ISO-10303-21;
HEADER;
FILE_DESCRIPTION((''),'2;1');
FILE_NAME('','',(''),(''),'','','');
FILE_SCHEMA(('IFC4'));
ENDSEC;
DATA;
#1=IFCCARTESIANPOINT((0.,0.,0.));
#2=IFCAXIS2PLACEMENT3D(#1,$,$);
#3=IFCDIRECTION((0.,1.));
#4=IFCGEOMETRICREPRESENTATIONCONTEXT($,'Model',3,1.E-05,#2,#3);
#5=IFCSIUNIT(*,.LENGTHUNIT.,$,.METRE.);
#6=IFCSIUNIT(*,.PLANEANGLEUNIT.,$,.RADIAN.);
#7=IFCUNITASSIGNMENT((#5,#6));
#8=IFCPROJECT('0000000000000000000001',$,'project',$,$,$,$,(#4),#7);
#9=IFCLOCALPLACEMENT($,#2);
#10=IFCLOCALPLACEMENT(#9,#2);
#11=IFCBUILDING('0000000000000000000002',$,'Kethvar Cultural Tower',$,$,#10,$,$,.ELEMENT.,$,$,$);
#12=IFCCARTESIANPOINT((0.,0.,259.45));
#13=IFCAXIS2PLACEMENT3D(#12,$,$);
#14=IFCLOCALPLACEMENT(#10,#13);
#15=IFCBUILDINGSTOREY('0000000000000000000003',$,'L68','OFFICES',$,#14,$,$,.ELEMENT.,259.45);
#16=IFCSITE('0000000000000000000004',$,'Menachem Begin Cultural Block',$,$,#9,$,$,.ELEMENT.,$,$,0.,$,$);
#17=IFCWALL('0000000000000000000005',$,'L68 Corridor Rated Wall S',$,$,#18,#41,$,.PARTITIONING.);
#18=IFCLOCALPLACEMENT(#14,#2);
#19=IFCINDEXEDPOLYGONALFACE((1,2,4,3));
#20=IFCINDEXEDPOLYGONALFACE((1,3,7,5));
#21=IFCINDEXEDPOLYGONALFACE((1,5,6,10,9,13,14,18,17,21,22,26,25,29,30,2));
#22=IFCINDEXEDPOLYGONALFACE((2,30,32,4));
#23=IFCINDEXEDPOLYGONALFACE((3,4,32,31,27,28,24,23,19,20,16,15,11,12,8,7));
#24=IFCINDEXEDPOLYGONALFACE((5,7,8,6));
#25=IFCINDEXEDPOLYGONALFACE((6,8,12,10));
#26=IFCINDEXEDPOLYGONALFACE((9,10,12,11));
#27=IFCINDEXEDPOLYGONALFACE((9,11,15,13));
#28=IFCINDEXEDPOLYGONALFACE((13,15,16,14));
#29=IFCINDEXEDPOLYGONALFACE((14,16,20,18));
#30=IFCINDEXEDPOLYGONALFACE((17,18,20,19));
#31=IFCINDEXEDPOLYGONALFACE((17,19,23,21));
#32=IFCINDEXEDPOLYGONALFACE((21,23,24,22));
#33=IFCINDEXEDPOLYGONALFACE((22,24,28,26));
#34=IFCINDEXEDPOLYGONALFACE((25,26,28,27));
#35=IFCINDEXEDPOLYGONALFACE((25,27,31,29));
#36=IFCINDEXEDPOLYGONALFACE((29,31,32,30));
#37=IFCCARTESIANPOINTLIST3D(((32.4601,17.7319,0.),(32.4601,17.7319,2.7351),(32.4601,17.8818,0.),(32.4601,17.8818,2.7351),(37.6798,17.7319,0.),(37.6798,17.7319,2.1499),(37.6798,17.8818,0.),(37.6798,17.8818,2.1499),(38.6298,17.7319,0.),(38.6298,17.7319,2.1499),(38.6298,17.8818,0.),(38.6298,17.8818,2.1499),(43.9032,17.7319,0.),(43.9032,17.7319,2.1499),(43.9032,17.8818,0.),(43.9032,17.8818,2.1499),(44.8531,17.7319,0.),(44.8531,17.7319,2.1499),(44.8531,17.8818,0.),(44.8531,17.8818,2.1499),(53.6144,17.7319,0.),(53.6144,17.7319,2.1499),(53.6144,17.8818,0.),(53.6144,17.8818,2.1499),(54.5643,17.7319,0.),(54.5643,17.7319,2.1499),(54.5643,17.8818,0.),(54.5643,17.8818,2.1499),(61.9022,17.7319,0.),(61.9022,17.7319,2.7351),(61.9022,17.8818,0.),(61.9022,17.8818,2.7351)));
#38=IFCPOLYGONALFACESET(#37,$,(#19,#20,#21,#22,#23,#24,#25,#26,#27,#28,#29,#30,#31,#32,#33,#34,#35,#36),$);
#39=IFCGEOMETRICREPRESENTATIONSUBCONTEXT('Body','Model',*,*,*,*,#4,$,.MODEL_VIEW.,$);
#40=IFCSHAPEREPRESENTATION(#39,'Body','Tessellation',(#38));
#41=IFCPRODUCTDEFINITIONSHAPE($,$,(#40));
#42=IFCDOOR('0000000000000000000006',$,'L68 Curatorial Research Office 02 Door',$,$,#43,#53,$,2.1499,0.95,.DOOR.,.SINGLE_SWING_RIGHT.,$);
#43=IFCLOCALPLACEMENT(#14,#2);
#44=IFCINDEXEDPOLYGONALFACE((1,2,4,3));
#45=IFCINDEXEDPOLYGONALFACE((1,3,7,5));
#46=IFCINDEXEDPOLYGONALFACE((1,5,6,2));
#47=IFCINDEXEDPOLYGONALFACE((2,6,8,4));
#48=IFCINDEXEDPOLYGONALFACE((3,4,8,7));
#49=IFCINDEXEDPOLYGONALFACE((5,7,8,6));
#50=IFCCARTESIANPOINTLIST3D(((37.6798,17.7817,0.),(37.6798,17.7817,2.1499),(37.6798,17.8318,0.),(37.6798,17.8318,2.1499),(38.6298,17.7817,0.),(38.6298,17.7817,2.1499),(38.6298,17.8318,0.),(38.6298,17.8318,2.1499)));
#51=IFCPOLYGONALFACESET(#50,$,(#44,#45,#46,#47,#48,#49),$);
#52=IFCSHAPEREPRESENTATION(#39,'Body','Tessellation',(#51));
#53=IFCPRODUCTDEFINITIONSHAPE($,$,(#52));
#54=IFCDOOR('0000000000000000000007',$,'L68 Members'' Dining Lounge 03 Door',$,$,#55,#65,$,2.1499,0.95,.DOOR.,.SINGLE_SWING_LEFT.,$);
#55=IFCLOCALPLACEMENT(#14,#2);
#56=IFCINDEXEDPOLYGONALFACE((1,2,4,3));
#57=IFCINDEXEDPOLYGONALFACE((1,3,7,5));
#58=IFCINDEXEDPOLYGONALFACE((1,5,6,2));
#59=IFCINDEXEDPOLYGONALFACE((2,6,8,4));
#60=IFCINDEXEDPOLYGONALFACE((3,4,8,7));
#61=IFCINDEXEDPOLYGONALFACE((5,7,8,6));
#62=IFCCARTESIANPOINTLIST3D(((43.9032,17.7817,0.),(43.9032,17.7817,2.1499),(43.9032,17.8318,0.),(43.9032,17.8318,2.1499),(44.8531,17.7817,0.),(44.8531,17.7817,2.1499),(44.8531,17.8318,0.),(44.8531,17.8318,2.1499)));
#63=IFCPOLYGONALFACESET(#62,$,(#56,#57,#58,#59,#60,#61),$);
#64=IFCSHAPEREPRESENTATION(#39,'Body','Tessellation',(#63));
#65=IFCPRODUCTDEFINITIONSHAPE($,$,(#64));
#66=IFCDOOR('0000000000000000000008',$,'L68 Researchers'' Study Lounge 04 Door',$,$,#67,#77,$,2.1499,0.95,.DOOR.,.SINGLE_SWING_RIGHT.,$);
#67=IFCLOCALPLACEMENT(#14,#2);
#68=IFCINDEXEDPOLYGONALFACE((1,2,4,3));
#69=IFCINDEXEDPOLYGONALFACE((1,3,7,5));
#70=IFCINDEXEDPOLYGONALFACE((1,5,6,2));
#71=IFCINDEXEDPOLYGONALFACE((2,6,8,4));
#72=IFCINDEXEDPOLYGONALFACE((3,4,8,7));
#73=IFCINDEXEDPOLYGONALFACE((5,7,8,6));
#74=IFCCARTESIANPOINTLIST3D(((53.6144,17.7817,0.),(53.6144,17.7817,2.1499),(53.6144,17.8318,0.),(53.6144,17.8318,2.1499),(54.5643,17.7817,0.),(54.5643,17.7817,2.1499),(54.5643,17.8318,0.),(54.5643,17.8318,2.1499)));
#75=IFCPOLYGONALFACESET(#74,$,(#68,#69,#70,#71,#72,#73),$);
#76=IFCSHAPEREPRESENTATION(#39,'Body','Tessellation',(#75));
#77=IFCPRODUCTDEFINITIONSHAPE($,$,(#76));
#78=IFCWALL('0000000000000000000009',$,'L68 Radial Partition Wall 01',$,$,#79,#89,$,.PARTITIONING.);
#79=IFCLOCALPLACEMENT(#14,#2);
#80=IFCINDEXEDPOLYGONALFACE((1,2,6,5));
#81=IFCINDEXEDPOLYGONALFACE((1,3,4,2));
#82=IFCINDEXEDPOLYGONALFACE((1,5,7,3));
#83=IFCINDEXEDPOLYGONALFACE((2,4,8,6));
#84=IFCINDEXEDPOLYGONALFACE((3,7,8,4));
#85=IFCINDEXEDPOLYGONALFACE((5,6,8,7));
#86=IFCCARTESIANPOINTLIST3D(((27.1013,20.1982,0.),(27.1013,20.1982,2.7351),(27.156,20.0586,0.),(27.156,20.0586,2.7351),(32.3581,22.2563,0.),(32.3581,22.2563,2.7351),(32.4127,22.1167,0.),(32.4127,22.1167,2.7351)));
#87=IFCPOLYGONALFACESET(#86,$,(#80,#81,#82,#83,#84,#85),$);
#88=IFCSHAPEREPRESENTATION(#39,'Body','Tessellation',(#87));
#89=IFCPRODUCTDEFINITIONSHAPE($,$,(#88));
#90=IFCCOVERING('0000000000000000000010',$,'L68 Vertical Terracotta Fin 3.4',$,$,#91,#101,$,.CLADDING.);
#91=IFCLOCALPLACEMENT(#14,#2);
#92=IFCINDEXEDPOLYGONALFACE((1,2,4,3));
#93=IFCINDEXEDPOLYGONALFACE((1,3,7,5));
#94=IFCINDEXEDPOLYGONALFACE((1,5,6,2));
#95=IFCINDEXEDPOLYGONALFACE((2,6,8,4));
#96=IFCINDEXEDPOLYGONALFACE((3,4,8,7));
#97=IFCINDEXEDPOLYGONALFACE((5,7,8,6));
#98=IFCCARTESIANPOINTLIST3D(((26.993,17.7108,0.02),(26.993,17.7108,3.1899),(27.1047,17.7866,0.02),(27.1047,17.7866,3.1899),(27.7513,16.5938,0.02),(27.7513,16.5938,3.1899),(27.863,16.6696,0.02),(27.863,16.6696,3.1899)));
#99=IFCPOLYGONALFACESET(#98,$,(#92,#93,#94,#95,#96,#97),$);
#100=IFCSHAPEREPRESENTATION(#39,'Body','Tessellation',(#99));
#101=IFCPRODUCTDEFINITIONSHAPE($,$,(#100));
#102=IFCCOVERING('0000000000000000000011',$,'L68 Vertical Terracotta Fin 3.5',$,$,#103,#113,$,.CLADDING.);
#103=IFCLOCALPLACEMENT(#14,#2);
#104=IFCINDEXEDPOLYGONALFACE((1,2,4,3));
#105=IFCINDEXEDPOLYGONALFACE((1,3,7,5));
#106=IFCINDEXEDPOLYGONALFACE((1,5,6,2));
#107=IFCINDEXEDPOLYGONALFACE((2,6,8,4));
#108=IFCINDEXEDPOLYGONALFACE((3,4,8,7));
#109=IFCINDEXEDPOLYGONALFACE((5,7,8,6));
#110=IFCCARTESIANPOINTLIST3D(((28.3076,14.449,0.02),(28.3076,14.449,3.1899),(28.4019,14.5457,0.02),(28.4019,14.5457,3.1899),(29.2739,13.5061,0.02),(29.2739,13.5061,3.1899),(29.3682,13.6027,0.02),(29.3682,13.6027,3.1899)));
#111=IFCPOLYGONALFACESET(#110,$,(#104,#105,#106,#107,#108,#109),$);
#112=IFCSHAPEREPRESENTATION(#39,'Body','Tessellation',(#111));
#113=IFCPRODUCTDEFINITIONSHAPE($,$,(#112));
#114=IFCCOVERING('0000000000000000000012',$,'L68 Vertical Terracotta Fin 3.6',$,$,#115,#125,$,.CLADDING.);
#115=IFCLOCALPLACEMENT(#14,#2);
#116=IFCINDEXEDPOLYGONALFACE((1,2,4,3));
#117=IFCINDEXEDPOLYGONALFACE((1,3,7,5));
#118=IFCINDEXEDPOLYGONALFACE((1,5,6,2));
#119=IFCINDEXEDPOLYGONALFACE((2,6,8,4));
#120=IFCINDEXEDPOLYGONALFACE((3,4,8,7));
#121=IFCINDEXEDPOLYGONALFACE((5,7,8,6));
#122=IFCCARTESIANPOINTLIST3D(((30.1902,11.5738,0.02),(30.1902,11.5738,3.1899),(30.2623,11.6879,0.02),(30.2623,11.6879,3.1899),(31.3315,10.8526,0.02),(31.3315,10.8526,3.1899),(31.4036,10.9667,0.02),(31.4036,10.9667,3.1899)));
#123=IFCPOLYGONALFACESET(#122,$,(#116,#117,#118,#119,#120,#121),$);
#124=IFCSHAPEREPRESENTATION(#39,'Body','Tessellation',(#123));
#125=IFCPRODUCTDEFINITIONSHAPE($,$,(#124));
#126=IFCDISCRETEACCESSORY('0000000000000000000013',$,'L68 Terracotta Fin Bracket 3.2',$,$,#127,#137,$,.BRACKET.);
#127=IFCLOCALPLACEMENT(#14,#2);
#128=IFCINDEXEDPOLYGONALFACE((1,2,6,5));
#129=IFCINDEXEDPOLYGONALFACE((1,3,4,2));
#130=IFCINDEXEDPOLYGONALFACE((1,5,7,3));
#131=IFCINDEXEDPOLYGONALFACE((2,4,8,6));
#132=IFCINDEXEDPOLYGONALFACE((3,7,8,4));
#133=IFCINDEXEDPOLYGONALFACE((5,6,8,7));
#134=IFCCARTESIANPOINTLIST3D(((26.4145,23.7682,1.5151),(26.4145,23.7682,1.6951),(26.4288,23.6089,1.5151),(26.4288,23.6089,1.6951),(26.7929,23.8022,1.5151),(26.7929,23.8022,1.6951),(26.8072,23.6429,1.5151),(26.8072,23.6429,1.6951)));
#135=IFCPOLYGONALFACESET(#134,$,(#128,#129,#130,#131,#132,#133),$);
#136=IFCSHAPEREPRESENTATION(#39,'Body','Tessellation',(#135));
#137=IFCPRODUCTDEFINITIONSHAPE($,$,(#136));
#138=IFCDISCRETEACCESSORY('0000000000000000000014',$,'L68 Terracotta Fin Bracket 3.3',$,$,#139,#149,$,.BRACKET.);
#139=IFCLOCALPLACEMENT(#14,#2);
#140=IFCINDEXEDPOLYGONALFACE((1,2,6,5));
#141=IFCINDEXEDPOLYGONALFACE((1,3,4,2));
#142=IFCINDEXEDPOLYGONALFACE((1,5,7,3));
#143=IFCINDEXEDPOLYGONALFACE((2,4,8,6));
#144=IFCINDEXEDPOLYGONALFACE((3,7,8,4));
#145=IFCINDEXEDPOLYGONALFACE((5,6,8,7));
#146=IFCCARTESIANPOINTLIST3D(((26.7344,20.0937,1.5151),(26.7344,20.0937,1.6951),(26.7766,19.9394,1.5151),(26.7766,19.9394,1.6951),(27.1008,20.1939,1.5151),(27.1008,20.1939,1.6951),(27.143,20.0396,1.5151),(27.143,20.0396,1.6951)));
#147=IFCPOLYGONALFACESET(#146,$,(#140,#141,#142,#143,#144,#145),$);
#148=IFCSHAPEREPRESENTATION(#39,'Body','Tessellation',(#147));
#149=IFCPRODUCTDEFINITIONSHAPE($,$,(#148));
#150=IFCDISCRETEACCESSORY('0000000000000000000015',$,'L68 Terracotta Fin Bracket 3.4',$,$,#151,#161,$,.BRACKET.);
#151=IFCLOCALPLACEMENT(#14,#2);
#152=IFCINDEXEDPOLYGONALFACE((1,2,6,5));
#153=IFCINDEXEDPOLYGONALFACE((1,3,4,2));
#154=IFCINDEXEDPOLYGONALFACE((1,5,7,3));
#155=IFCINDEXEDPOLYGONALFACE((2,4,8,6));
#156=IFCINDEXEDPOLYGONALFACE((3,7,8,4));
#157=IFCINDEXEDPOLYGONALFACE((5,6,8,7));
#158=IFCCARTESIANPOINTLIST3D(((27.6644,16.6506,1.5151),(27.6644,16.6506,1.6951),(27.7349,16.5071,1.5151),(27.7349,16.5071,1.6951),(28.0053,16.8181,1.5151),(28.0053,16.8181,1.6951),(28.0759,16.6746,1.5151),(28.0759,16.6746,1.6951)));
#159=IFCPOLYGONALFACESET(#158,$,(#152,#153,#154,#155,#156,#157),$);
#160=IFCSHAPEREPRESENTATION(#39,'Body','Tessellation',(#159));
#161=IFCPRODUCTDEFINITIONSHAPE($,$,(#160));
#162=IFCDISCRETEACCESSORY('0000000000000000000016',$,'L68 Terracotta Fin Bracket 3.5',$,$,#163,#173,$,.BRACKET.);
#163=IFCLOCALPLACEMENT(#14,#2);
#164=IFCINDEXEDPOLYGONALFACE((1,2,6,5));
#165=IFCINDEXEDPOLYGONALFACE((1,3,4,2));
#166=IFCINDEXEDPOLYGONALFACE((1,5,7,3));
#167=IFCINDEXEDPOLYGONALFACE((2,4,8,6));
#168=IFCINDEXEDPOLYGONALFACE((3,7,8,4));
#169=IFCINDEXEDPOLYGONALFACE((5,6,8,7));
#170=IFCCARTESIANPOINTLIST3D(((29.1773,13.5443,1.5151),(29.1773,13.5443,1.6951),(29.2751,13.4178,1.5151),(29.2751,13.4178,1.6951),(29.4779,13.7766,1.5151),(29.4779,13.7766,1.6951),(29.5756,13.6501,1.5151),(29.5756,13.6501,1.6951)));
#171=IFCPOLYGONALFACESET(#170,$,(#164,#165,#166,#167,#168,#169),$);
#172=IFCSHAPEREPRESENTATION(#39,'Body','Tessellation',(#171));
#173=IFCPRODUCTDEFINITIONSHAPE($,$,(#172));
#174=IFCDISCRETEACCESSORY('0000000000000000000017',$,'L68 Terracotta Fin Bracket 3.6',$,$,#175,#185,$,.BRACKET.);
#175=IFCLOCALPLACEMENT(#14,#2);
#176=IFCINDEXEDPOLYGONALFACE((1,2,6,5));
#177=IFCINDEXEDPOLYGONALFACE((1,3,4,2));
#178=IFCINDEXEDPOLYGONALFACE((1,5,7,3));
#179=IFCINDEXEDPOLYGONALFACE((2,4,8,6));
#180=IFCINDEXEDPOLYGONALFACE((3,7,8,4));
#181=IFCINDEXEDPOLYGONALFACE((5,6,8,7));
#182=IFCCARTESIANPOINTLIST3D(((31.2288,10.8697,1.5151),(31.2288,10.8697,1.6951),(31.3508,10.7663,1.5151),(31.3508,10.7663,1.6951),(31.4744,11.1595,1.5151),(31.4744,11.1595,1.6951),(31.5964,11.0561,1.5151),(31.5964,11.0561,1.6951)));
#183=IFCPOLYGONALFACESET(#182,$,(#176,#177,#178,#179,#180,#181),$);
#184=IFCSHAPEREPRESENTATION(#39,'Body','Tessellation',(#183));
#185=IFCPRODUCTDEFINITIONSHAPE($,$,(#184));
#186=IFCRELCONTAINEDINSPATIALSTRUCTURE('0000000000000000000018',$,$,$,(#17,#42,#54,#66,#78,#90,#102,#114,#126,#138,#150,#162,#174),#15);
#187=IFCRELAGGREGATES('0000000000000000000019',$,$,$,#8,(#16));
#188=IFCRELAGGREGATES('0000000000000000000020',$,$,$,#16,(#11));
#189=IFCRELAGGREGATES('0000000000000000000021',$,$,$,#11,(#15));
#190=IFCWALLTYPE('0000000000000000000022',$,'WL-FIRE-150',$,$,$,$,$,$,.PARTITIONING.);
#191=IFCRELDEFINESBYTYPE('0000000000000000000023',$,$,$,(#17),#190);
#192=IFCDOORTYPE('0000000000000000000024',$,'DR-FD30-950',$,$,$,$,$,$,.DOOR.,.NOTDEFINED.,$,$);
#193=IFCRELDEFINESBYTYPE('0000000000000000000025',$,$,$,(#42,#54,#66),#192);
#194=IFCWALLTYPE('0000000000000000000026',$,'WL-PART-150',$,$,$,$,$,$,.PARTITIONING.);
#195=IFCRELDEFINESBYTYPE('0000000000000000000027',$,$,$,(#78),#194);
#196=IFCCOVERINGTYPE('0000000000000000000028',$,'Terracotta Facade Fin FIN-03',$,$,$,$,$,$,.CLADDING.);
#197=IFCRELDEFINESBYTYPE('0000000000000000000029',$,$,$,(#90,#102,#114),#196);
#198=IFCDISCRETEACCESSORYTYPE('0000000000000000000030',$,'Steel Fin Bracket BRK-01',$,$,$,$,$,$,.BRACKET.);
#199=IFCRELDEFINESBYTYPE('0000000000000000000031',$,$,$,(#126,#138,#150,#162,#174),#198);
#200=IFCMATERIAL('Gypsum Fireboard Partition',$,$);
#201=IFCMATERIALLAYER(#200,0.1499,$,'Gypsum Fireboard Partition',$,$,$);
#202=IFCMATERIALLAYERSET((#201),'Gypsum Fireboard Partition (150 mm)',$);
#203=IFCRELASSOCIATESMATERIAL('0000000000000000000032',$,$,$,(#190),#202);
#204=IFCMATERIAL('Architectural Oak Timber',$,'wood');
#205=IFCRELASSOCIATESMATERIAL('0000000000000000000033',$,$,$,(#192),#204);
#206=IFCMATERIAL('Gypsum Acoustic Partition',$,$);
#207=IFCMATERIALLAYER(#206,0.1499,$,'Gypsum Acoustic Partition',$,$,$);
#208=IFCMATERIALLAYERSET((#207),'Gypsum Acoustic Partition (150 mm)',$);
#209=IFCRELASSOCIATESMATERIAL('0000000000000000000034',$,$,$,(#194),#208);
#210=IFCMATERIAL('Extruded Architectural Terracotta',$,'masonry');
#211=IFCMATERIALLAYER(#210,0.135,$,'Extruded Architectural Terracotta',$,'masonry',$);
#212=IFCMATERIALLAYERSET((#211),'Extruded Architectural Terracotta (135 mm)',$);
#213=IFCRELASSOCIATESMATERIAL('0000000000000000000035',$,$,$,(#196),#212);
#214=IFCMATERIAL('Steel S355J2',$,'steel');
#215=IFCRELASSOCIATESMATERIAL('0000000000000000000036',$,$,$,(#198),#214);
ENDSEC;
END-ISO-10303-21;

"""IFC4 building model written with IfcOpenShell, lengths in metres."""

from ifc_helpers import new_model, si_unit, direction, frame, frame_2d, origin, origin_2d, place, context, subcontext, project, spatial, rectangle, extrude, source, transform, mapped, material, layer, layer_set, type_object, element, fill, save


model = new_model("IFC4")

# Units and contexts
model_context = context("Model", 3, precision=1e-05, world=origin(), true_north=direction((0.0, 1.0)))
body_context = subcontext(model_context, "Body", "Model", "MODEL_VIEW")
ifc_project = project(units=[si_unit("LENGTHUNIT", "METRE"), si_unit("PLANEANGLEUNIT", "RADIAN")], contexts=[model_context])

# Site, building, storey
site_placement = place(None, origin())
site = spatial("IfcSite", under=ifc_project, at=site_placement, Name="Menachem Begin Cultural Block", CompositionType="ELEMENT", RefElevation=0.0)
building_placement = place(site_placement, origin())
building = spatial("IfcBuilding", under=site, at=building_placement, Name="Kethvar Cultural Tower", CompositionType="ELEMENT")
storey_placement = place(building_placement, frame((0.0, 0.0, 259.45)))
storey = spatial("IfcBuildingStorey", under=building, at=storey_placement, Name="L68", Description="OFFICES", CompositionType="ELEMENT", Elevation=259.45)

# Shared definitions
ifc_material_1 = material(Name="Steel S355J2", Category="steel")

# Wall, openings, doors
ifc_material_2 = material(Name="Gypsum Fireboard Partition")
ifc_layer_1 = layer(ifc_material_2, 0.1499, Name="Gypsum Fireboard Partition")
ifc_layer_set_1 = layer_set([ifc_layer_1], Name="Gypsum Fireboard Partition (150 mm)")
wall_type_1 = type_object("IfcWallType", Name="WL-FIRE-150", PredefinedType="PARTITIONING", material=ifc_layer_set_1)
wall_1_placement = place(storey_placement, frame((32.46, 17.8069, 0.0), z_axis=(0.0, 0.0, 1.0), x_axis=(1.0, 0.0, 0.0)))
wall_1 = element("IfcWall", 1, at=wall_1_placement, inside=storey, type_object=wall_type_1, Name="L68 Corridor Rated Wall S", PredefinedType="PARTITIONING", context=body_context, shape_type="SweptSolid", body=[
    extrude(rectangle(XDim=29.4421, YDim=0.1499, at=frame_2d((14.7212, 0.0))), origin(), (0.0, 0.0, 1.0), 2.7351),
])
opening_1_placement = place(wall_1_placement, frame((5.2197, 0.0, 0.0)))
opening_1 = element("IfcOpeningElement", 2, at=opening_1_placement, cuts=wall_1, PredefinedType="OPENING", context=body_context, shape_type="SweptSolid", body=[
    extrude(rectangle(XDim=0.95, YDim=2.1499, at=frame_2d((0.4751, 1.075))), frame((0.0, 0.085, 0.0), z_axis=(0.0, -1.0, 0.0), x_axis=(1.0, 0.0, 0.0)), (0.0, 0.0, 1.0), 0.1699),
])
opening_2_placement = place(wall_1_placement, frame((11.4431, 0.0, 0.0)))
opening_2 = element("IfcOpeningElement", 3, at=opening_2_placement, cuts=wall_1, PredefinedType="OPENING", context=body_context, shape_type="SweptSolid", body=[
    extrude(rectangle(XDim=0.95, YDim=2.1499, at=frame_2d((0.4751, 1.075))), frame((0.0, 0.085, 0.0), z_axis=(0.0, -1.0, 0.0), x_axis=(1.0, 0.0, 0.0)), (0.0, 0.0, 1.0), 0.1699),
])
opening_3_placement = place(wall_1_placement, frame((21.1543, 0.0, 0.0)))
opening_3 = element("IfcOpeningElement", 4, at=opening_3_placement, cuts=wall_1, PredefinedType="OPENING", context=body_context, shape_type="SweptSolid", body=[
    extrude(rectangle(XDim=0.95, YDim=2.1499, at=frame_2d((0.4751, 1.075))), frame((0.0, 0.085, 0.0), z_axis=(0.0, -1.0, 0.0), x_axis=(1.0, 0.0, 0.0)), (0.0, 0.0, 1.0), 0.1699),
])
ifc_material_3 = material(Name="Architectural Oak Timber", Category="wood")
door_type = type_object("IfcDoorType", Name="DR-FD30-950", OperationType="NOTDEFINED", PredefinedType="DOOR", material=ifc_material_3)
shared_shape_1 = source(origin(), body_context, "Body", "SweptSolid", [
    extrude(rectangle(XDim=0.95, YDim=2.1499, at=frame_2d((0.4751, 1.075))), frame((0.0, 0.0249, 0.0), z_axis=(0.0, -1.0, 0.0), x_axis=(1.0, 0.0, 0.0)), (0.0, 0.0, 1.0), 0.05),
])
door_1_placement = place(opening_1_placement, origin())
door_1 = element("IfcDoor", 5, at=door_1_placement, inside=storey, type_object=door_type, Name="L68 Curatorial Research Office 02 Door", OperationType="SINGLE_SWING_RIGHT", OverallHeight=2.1499, OverallWidth=0.95, PredefinedType="DOOR", context=body_context, shape_type="MappedRepresentation", body=[
    mapped(shared_shape_1, transform((0.0, 0.0, 0.0), scale=1.0)),
])
fill(opening_1, door_1)
door_2_placement = place(opening_2_placement, origin())
door_2 = element("IfcDoor", 6, at=door_2_placement, inside=storey, type_object=door_type, Name="L68 Members' Dining Lounge 03 Door", OperationType="SINGLE_SWING_LEFT", OverallHeight=2.1499, OverallWidth=0.95, PredefinedType="DOOR", context=body_context, shape_type="MappedRepresentation", body=[
    mapped(shared_shape_1, transform((0.0, 0.0, 0.0), scale=1.0)),
])
fill(opening_2, door_2)
door_3_placement = place(opening_3_placement, origin())
door_3 = element("IfcDoor", 7, at=door_3_placement, inside=storey, type_object=door_type, Name="L68 Researchers' Study Lounge 04 Door", OperationType="SINGLE_SWING_RIGHT", OverallHeight=2.1499, OverallWidth=0.95, PredefinedType="DOOR", context=body_context, shape_type="MappedRepresentation", body=[
    mapped(shared_shape_1, transform((0.0, 0.0, 0.0), scale=1.0)),
])
fill(opening_3, door_3)

# Wall
ifc_material_4 = material(Name="Gypsum Acoustic Partition")
ifc_layer_2 = layer(ifc_material_4, 0.1499, Name="Gypsum Acoustic Partition")
ifc_layer_set_2 = layer_set([ifc_layer_2], Name="Gypsum Acoustic Partition (150 mm)")
wall_type_2 = type_object("IfcWallType", Name="WL-PART-150", PredefinedType="PARTITIONING", material=ifc_layer_set_2)
wall_2_placement = place(storey_placement, frame((32.3855, 22.1865, 0.0), z_axis=(0.0, 0.0, 1.0), x_axis=(-0.931178, -0.364566, 0.0)))
element("IfcWall", 8, at=wall_2_placement, inside=storey, type_object=wall_type_2, Name="L68 Radial Partition Wall 01", PredefinedType="PARTITIONING", context=body_context, shape_type="SweptSolid", body=[
    extrude(rectangle(XDim=5.6453, YDim=0.1499, at=frame_2d((2.8228, 0.0))), origin(), (0.0, 0.0, 1.0), 2.7351),
])

# Coverings
ifc_material_5 = material(Name="Extruded Architectural Terracotta", Category="masonry")
ifc_layer_3 = layer(ifc_material_5, 0.135, Name="Extruded Architectural Terracotta", Category="masonry")
ifc_layer_set_3 = layer_set([ifc_layer_3], Name="Extruded Architectural Terracotta (135 mm)")
covering_type = type_object("IfcCoveringType", Name="Terracotta Facade Fin FIN-03", PredefinedType="CLADDING", material=ifc_layer_set_3)
shared_shape_2 = source(origin(), body_context, "Body", "SweptSolid", [
    extrude(rectangle(XDim=1.3501, YDim=0.135, at=origin_2d()), origin(), (0.0, 0.0, 1.0), 3.1699),
])
for number, where, z_axis, x_axis, name in (
    (9, (27.428, 17.1902, 0.02), (0.0, 0.0, 1.0), (-0.56165, 0.827375, 0.0), "L68 Vertical Terracotta Fin 3.4"),
    (10, (28.8379, 14.0259, 0.02), (0.0, 0.0, 1.0), (-0.715693, 0.698415, 0.0), "L68 Vertical Terracotta Fin 3.5"),
    (11, (30.7969, 11.2703, 0.02), (0.0, 0.0, 1.0), (-0.845355, 0.534205, 0.0), "L68 Vertical Terracotta Fin 3.6"),
):
    element("IfcCovering", number, at=place(storey_placement, frame(where, z_axis=z_axis, x_axis=x_axis)), inside=storey, type_object=covering_type, Name=name, PredefinedType="CLADDING", context=body_context, shape_type="MappedRepresentation", body=[
        mapped(shared_shape_2, transform((0.0, 0.0, 0.0), scale=1.0)),
    ])

# Discrete accessories
discrete_accessory_type = type_object("IfcDiscreteAccessoryType", Name="Steel Fin Bracket BRK-01", PredefinedType="BRACKET", material=ifc_material_1)
shared_shape_3 = source(origin(), body_context, "Body", "SweptSolid", [
    extrude(rectangle(XDim=0.3799, YDim=0.1599, at=origin_2d()), origin(), (0.0, 0.0, 1.0), 0.1799),
])
for number, where, z_axis, x_axis, name in (
    (12, (26.6108, 23.7056, 1.5151), (0.0, 0.0, 1.0), (-0.995979, -0.08959, 0.0), "L68 Terracotta Fin Bracket 3.2"),
    (13, (26.9387, 20.0667, 1.5151), (0.0, 0.0, 1.0), (-0.964557, -0.263873, 0.0), "L68 Terracotta Fin Bracket 3.3"),
    (14, (27.8701, 16.6626, 1.5151), (0.0, 0.0, 1.0), (-0.897489, -0.441036, 0.0), "L68 Terracotta Fin Bracket 3.4"),
    (15, (29.3765, 13.5972, 1.5151), (0.0, 0.0, 1.0), (-0.791224, -0.611527, 0.0), "L68 Terracotta Fin Bracket 3.5"),
    (16, (31.4126, 10.9629, 1.5151), (0.0, 0.0, 1.0), (-0.646657, -0.762781, 0.0), "L68 Terracotta Fin Bracket 3.6"),
):
    element("IfcDiscreteAccessory", number, at=place(storey_placement, frame(where, z_axis=z_axis, x_axis=x_axis)), inside=storey, type_object=discrete_accessory_type, Name=name, PredefinedType="BRACKET", context=body_context, shape_type="MappedRepresentation", body=[
        mapped(shared_shape_3, transform((0.0, 0.0, 0.0), scale=1.0)),
    ])

save(model, "model.ifc")
